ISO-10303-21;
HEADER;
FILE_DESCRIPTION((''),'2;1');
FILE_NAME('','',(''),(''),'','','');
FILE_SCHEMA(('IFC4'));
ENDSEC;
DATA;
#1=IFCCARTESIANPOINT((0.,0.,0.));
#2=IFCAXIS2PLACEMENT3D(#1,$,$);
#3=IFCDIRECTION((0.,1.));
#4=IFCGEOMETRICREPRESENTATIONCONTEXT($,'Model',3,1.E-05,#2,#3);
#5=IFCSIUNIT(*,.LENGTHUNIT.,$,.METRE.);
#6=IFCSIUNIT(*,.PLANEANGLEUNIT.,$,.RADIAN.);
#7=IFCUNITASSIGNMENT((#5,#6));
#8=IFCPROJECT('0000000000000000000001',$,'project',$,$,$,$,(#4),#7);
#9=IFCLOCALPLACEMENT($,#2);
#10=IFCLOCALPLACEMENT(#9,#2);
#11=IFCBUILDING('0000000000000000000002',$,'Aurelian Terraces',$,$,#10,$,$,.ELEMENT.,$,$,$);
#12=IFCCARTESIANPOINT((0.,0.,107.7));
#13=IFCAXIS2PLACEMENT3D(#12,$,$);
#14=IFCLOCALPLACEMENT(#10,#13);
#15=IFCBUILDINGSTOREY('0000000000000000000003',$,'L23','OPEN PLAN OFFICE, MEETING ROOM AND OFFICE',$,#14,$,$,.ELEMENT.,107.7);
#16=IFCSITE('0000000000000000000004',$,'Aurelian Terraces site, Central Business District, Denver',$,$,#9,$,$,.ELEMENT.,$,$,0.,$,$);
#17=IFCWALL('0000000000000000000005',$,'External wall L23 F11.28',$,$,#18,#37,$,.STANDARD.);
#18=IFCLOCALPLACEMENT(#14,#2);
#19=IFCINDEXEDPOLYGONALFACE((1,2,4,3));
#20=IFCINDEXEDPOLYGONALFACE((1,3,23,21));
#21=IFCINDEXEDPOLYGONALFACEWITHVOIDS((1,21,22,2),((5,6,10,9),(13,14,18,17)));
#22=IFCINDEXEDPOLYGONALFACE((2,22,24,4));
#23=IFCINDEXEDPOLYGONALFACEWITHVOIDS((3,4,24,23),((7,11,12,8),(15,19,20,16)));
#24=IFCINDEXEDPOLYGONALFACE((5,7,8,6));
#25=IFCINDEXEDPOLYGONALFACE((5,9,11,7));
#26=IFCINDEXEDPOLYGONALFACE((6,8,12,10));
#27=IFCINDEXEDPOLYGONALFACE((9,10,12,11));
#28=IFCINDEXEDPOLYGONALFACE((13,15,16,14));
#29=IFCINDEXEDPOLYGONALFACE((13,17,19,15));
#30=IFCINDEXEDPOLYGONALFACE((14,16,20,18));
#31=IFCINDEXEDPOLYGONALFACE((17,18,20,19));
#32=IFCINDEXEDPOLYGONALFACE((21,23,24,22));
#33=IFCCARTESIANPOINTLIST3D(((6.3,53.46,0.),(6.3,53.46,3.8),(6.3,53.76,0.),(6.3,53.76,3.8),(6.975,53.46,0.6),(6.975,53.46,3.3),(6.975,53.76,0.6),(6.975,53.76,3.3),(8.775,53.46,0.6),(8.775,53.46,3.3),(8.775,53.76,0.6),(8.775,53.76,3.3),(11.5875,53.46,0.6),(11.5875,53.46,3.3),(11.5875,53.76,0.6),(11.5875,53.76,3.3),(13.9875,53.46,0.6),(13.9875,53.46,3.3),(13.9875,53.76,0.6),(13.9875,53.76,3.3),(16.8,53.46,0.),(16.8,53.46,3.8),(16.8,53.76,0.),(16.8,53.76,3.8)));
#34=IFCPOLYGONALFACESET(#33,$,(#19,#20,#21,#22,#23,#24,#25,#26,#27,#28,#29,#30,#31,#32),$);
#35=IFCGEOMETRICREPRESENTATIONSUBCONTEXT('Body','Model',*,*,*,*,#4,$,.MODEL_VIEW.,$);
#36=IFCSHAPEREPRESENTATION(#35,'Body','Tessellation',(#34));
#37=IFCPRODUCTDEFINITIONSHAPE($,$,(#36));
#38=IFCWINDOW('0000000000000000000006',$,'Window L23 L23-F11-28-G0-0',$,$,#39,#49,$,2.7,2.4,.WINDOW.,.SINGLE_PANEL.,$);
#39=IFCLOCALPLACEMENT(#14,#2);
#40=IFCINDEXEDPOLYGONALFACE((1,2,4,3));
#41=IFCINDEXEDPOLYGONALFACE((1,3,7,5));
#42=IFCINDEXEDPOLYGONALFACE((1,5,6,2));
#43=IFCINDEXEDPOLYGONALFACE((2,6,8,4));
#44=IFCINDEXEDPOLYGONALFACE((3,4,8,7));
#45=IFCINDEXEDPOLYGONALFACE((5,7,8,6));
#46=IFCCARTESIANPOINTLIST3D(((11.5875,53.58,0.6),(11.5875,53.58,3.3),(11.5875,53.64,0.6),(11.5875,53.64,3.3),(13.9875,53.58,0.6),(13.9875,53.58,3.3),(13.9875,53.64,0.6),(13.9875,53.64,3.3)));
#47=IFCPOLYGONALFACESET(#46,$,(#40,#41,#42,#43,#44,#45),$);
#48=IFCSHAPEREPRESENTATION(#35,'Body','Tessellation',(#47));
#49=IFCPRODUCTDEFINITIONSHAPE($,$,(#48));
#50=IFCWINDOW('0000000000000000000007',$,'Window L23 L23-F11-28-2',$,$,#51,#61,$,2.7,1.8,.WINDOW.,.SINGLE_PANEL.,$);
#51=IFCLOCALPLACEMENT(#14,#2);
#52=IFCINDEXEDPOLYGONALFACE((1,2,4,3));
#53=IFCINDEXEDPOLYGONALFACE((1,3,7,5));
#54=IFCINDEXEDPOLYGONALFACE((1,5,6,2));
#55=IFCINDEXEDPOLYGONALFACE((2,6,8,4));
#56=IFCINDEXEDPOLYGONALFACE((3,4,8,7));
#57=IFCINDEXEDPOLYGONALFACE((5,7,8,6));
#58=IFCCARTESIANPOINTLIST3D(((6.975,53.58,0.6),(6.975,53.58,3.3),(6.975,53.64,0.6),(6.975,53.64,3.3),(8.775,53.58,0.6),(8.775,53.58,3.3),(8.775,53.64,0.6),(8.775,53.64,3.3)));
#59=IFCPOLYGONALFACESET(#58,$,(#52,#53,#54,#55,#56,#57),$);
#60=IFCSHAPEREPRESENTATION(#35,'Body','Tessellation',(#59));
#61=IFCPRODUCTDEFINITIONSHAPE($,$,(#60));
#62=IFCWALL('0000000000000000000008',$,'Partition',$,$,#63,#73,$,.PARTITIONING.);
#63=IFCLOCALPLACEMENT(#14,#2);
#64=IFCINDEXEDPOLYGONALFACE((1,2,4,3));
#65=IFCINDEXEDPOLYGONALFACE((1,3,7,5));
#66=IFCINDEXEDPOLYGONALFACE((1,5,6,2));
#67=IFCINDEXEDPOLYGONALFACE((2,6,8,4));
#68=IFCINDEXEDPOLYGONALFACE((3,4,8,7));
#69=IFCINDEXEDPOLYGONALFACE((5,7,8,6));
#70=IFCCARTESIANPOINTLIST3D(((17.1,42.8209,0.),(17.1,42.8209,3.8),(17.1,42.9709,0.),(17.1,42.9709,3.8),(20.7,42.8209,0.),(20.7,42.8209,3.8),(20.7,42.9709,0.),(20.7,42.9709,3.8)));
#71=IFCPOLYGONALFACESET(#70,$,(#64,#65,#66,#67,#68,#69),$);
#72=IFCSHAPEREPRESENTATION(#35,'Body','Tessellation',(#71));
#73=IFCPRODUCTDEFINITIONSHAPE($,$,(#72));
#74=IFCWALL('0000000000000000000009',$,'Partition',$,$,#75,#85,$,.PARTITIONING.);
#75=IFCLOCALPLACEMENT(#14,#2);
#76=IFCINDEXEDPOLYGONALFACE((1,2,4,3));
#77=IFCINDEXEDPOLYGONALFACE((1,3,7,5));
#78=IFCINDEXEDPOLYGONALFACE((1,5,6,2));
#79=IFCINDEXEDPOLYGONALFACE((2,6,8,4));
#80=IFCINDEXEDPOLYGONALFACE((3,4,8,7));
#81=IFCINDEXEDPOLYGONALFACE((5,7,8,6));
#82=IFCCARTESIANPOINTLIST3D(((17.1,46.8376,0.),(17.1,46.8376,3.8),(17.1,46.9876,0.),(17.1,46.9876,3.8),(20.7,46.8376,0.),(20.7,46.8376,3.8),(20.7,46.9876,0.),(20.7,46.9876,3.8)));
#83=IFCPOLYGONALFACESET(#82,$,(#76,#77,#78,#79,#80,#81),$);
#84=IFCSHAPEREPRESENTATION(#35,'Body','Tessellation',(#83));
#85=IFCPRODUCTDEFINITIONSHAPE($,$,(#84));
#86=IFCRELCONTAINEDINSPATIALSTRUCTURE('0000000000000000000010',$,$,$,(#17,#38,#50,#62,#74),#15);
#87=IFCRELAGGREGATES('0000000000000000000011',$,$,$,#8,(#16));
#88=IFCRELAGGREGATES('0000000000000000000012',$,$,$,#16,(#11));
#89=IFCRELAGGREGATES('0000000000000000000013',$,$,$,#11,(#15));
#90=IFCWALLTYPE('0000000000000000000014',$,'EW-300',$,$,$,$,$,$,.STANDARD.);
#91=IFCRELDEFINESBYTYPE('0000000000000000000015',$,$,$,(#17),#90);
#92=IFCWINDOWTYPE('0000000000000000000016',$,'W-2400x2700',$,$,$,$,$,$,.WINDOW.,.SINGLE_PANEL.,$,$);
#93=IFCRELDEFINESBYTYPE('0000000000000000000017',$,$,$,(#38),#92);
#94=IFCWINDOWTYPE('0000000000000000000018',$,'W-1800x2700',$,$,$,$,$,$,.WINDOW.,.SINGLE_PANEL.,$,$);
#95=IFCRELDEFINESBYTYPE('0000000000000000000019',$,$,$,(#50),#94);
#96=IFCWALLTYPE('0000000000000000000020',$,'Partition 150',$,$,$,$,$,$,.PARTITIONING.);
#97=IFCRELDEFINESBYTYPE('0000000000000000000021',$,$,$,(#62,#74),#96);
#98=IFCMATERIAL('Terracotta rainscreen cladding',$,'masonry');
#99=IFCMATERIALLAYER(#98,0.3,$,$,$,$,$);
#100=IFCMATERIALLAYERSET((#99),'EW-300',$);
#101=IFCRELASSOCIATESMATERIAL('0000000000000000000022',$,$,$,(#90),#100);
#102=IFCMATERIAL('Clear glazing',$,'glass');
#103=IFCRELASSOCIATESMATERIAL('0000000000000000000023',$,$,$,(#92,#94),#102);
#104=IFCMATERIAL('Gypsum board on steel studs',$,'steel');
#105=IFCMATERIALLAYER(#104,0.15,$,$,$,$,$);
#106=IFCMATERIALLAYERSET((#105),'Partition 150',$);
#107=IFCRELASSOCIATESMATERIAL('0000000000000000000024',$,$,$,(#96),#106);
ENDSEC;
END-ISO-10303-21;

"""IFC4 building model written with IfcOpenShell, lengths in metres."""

from ifc_helpers import new_model, si_unit, direction, frame, frame_2d, origin, place, context, subcontext, project, spatial, rectangle, extrude, source, transform, mapped, material, layer, layer_set, type_object, element, fill, save


model = new_model("IFC4")

# Units and contexts
model_context = context("Model", 3, precision=1e-05, world=origin(), true_north=direction((0.0, 1.0)))
body_context = subcontext(model_context, "Body", "Model", "MODEL_VIEW")
ifc_project = project(units=[si_unit("LENGTHUNIT", "METRE"), si_unit("PLANEANGLEUNIT", "RADIAN")], contexts=[model_context])

# Site, building, storey
site_placement = place(None, origin())
site = spatial("IfcSite", under=ifc_project, at=site_placement, Name="Aurelian Terraces site, Central Business District, Denver", CompositionType="ELEMENT", RefElevation=0.0)
building_placement = place(site_placement, origin())
building = spatial("IfcBuilding", under=site, at=building_placement, Name="Aurelian Terraces", CompositionType="ELEMENT")
storey_placement = place(building_placement, frame((0.0, 0.0, 107.7)))
storey = spatial("IfcBuildingStorey", under=building, at=storey_placement, Name="L23", Description="OPEN PLAN OFFICE, MEETING ROOM AND OFFICE", CompositionType="ELEMENT", Elevation=107.7)

# Shared definitions
ifc_material_1 = material(Name="Terracotta rainscreen cladding", Category="masonry")
ifc_layer_1 = layer(ifc_material_1, 0.3)
ifc_layer_set_1 = layer_set([ifc_layer_1], Name="EW-300")
wall_type_1 = type_object("IfcWallType", Name="EW-300", PredefinedType="STANDARD", material=ifc_layer_set_1)
ifc_material_2 = material(Name="Clear glazing", Category="glass")

# Wall, openings, windows
shared_shape_1 = source(origin(), body_context, "Body", "SweptSolid", [
    extrude(rectangle(XDim=10.5, YDim=0.3, at=frame_2d((5.25, 0.0))), origin(), (0.0, 0.0, 1.0), 3.8),
])
wall_1_placement = place(storey_placement, frame((16.8, 53.61, 0.0), z_axis=(0.0, 0.0, 1.0), x_axis=(-1.0, 0.0, 0.0)))
wall_1 = element("IfcWall", 1, at=wall_1_placement, inside=storey, type_object=wall_type_1, Name="External wall L23 F11.28", PredefinedType="STANDARD", context=body_context, shape_type="MappedRepresentation", body=[
    mapped(shared_shape_1, transform((0.0, 0.0, 0.0), scale=1.0)),
])
shared_shape_2 = source(origin(), body_context, "Body", "SweptSolid", [
    extrude(rectangle(XDim=1.8, YDim=2.7, at=frame_2d((0.9, 1.35))), frame((0.0, 0.16, 0.0), z_axis=(0.0, -1.0, 0.0), x_axis=(1.0, 0.0, 0.0)), (0.0, 0.0, 1.0), 0.32),
])
opening_1_placement = place(wall_1_placement, frame((8.025, 0.0, 0.6)))
opening_1 = element("IfcOpeningElement", 2, at=opening_1_placement, cuts=wall_1, PredefinedType="OPENING", context=body_context, shape_type="MappedRepresentation", body=[
    mapped(shared_shape_2, transform((0.0, 0.0, 0.0), scale=1.0)),
])
shared_shape_3 = source(origin(), body_context, "Body", "SweptSolid", [
    extrude(rectangle(XDim=2.4, YDim=2.7, at=frame_2d((1.2, 1.35))), frame((0.0, 0.16, 0.0), z_axis=(0.0, -1.0, 0.0), x_axis=(1.0, 0.0, 0.0)), (0.0, 0.0, 1.0), 0.32),
])
opening_2_placement = place(wall_1_placement, frame((2.8125, 0.0, 0.6)))
opening_2 = element("IfcOpeningElement", 3, at=opening_2_placement, cuts=wall_1, PredefinedType="OPENING", context=body_context, shape_type="MappedRepresentation", body=[
    mapped(shared_shape_3, transform((0.0, 0.0, 0.0), scale=1.0)),
])
window_type_1 = type_object("IfcWindowType", Name="W-2400x2700", PartitioningType="SINGLE_PANEL", PredefinedType="WINDOW", material=ifc_material_2)
shared_shape_4 = source(origin(), body_context, "Body", "SweptSolid", [
    extrude(rectangle(XDim=2.4, YDim=2.7, at=frame_2d((1.2, 1.35))), frame((0.0, 0.03, 0.0), z_axis=(0.0, -1.0, 0.0), x_axis=(1.0, 0.0, 0.0)), (0.0, 0.0, 1.0), 0.06),
])
window_1_placement = place(opening_2_placement, origin())
window_1 = element("IfcWindow", 4, at=window_1_placement, inside=storey, type_object=window_type_1, Name="Window L23 L23-F11-28-G0-0", OverallHeight=2.7, OverallWidth=2.4, PartitioningType="SINGLE_PANEL", PredefinedType="WINDOW", context=body_context, shape_type="MappedRepresentation", body=[
    mapped(shared_shape_4, transform((0.0, 0.0, 0.0), scale=1.0)),
])
fill(opening_2, window_1)
window_type_2 = type_object("IfcWindowType", Name="W-1800x2700", PartitioningType="SINGLE_PANEL", PredefinedType="WINDOW", material=ifc_material_2)
shared_shape_5 = source(origin(), body_context, "Body", "SweptSolid", [
    extrude(rectangle(XDim=1.8, YDim=2.7, at=frame_2d((0.9, 1.35))), frame((0.0, 0.03, 0.0), z_axis=(0.0, -1.0, 0.0), x_axis=(1.0, 0.0, 0.0)), (0.0, 0.0, 1.0), 0.06),
])
window_2_placement = place(opening_1_placement, origin())
window_2 = element("IfcWindow", 5, at=window_2_placement, inside=storey, type_object=window_type_2, Name="Window L23 L23-F11-28-2", OverallHeight=2.7, OverallWidth=1.8, PartitioningType="SINGLE_PANEL", PredefinedType="WINDOW", context=body_context, shape_type="MappedRepresentation", body=[
    mapped(shared_shape_5, transform((0.0, 0.0, 0.0), scale=1.0)),
])
fill(opening_1, window_2)

# Walls
ifc_material_3 = material(Name="Gypsum board on steel studs", Category="steel")
ifc_layer_2 = layer(ifc_material_3, 0.15)
ifc_layer_set_2 = layer_set([ifc_layer_2], Name="Partition 150")
wall_type_2 = type_object("IfcWallType", Name="Partition 150", PredefinedType="PARTITIONING", material=ifc_layer_set_2)
shared_shape_6 = source(origin(), body_context, "Body", "SweptSolid", [
    extrude(rectangle(XDim=3.6, YDim=0.15, at=frame_2d((1.8, 0.0))), origin(), (0.0, 0.0, 1.0), 3.8),
])
for number, where, z_axis, x_axis, name in (
    (6, (17.1, 42.8959, 0.0), (0.0, 0.0, 1.0), (1.0, 0.0, 0.0), "Partition"),
    (7, (17.1, 46.9126, 0.0), (0.0, 0.0, 1.0), (1.0, 0.0, 0.0), "Partition"),
):
    element("IfcWall", number, at=place(storey_placement, frame(where, z_axis=z_axis, x_axis=x_axis)), inside=storey, type_object=wall_type_2, Name=name, PredefinedType="PARTITIONING", context=body_context, shape_type="MappedRepresentation", body=[
        mapped(shared_shape_6, transform((0.0, 0.0, 0.0), scale=1.0)),
    ])

save(model, "model.ifc")
